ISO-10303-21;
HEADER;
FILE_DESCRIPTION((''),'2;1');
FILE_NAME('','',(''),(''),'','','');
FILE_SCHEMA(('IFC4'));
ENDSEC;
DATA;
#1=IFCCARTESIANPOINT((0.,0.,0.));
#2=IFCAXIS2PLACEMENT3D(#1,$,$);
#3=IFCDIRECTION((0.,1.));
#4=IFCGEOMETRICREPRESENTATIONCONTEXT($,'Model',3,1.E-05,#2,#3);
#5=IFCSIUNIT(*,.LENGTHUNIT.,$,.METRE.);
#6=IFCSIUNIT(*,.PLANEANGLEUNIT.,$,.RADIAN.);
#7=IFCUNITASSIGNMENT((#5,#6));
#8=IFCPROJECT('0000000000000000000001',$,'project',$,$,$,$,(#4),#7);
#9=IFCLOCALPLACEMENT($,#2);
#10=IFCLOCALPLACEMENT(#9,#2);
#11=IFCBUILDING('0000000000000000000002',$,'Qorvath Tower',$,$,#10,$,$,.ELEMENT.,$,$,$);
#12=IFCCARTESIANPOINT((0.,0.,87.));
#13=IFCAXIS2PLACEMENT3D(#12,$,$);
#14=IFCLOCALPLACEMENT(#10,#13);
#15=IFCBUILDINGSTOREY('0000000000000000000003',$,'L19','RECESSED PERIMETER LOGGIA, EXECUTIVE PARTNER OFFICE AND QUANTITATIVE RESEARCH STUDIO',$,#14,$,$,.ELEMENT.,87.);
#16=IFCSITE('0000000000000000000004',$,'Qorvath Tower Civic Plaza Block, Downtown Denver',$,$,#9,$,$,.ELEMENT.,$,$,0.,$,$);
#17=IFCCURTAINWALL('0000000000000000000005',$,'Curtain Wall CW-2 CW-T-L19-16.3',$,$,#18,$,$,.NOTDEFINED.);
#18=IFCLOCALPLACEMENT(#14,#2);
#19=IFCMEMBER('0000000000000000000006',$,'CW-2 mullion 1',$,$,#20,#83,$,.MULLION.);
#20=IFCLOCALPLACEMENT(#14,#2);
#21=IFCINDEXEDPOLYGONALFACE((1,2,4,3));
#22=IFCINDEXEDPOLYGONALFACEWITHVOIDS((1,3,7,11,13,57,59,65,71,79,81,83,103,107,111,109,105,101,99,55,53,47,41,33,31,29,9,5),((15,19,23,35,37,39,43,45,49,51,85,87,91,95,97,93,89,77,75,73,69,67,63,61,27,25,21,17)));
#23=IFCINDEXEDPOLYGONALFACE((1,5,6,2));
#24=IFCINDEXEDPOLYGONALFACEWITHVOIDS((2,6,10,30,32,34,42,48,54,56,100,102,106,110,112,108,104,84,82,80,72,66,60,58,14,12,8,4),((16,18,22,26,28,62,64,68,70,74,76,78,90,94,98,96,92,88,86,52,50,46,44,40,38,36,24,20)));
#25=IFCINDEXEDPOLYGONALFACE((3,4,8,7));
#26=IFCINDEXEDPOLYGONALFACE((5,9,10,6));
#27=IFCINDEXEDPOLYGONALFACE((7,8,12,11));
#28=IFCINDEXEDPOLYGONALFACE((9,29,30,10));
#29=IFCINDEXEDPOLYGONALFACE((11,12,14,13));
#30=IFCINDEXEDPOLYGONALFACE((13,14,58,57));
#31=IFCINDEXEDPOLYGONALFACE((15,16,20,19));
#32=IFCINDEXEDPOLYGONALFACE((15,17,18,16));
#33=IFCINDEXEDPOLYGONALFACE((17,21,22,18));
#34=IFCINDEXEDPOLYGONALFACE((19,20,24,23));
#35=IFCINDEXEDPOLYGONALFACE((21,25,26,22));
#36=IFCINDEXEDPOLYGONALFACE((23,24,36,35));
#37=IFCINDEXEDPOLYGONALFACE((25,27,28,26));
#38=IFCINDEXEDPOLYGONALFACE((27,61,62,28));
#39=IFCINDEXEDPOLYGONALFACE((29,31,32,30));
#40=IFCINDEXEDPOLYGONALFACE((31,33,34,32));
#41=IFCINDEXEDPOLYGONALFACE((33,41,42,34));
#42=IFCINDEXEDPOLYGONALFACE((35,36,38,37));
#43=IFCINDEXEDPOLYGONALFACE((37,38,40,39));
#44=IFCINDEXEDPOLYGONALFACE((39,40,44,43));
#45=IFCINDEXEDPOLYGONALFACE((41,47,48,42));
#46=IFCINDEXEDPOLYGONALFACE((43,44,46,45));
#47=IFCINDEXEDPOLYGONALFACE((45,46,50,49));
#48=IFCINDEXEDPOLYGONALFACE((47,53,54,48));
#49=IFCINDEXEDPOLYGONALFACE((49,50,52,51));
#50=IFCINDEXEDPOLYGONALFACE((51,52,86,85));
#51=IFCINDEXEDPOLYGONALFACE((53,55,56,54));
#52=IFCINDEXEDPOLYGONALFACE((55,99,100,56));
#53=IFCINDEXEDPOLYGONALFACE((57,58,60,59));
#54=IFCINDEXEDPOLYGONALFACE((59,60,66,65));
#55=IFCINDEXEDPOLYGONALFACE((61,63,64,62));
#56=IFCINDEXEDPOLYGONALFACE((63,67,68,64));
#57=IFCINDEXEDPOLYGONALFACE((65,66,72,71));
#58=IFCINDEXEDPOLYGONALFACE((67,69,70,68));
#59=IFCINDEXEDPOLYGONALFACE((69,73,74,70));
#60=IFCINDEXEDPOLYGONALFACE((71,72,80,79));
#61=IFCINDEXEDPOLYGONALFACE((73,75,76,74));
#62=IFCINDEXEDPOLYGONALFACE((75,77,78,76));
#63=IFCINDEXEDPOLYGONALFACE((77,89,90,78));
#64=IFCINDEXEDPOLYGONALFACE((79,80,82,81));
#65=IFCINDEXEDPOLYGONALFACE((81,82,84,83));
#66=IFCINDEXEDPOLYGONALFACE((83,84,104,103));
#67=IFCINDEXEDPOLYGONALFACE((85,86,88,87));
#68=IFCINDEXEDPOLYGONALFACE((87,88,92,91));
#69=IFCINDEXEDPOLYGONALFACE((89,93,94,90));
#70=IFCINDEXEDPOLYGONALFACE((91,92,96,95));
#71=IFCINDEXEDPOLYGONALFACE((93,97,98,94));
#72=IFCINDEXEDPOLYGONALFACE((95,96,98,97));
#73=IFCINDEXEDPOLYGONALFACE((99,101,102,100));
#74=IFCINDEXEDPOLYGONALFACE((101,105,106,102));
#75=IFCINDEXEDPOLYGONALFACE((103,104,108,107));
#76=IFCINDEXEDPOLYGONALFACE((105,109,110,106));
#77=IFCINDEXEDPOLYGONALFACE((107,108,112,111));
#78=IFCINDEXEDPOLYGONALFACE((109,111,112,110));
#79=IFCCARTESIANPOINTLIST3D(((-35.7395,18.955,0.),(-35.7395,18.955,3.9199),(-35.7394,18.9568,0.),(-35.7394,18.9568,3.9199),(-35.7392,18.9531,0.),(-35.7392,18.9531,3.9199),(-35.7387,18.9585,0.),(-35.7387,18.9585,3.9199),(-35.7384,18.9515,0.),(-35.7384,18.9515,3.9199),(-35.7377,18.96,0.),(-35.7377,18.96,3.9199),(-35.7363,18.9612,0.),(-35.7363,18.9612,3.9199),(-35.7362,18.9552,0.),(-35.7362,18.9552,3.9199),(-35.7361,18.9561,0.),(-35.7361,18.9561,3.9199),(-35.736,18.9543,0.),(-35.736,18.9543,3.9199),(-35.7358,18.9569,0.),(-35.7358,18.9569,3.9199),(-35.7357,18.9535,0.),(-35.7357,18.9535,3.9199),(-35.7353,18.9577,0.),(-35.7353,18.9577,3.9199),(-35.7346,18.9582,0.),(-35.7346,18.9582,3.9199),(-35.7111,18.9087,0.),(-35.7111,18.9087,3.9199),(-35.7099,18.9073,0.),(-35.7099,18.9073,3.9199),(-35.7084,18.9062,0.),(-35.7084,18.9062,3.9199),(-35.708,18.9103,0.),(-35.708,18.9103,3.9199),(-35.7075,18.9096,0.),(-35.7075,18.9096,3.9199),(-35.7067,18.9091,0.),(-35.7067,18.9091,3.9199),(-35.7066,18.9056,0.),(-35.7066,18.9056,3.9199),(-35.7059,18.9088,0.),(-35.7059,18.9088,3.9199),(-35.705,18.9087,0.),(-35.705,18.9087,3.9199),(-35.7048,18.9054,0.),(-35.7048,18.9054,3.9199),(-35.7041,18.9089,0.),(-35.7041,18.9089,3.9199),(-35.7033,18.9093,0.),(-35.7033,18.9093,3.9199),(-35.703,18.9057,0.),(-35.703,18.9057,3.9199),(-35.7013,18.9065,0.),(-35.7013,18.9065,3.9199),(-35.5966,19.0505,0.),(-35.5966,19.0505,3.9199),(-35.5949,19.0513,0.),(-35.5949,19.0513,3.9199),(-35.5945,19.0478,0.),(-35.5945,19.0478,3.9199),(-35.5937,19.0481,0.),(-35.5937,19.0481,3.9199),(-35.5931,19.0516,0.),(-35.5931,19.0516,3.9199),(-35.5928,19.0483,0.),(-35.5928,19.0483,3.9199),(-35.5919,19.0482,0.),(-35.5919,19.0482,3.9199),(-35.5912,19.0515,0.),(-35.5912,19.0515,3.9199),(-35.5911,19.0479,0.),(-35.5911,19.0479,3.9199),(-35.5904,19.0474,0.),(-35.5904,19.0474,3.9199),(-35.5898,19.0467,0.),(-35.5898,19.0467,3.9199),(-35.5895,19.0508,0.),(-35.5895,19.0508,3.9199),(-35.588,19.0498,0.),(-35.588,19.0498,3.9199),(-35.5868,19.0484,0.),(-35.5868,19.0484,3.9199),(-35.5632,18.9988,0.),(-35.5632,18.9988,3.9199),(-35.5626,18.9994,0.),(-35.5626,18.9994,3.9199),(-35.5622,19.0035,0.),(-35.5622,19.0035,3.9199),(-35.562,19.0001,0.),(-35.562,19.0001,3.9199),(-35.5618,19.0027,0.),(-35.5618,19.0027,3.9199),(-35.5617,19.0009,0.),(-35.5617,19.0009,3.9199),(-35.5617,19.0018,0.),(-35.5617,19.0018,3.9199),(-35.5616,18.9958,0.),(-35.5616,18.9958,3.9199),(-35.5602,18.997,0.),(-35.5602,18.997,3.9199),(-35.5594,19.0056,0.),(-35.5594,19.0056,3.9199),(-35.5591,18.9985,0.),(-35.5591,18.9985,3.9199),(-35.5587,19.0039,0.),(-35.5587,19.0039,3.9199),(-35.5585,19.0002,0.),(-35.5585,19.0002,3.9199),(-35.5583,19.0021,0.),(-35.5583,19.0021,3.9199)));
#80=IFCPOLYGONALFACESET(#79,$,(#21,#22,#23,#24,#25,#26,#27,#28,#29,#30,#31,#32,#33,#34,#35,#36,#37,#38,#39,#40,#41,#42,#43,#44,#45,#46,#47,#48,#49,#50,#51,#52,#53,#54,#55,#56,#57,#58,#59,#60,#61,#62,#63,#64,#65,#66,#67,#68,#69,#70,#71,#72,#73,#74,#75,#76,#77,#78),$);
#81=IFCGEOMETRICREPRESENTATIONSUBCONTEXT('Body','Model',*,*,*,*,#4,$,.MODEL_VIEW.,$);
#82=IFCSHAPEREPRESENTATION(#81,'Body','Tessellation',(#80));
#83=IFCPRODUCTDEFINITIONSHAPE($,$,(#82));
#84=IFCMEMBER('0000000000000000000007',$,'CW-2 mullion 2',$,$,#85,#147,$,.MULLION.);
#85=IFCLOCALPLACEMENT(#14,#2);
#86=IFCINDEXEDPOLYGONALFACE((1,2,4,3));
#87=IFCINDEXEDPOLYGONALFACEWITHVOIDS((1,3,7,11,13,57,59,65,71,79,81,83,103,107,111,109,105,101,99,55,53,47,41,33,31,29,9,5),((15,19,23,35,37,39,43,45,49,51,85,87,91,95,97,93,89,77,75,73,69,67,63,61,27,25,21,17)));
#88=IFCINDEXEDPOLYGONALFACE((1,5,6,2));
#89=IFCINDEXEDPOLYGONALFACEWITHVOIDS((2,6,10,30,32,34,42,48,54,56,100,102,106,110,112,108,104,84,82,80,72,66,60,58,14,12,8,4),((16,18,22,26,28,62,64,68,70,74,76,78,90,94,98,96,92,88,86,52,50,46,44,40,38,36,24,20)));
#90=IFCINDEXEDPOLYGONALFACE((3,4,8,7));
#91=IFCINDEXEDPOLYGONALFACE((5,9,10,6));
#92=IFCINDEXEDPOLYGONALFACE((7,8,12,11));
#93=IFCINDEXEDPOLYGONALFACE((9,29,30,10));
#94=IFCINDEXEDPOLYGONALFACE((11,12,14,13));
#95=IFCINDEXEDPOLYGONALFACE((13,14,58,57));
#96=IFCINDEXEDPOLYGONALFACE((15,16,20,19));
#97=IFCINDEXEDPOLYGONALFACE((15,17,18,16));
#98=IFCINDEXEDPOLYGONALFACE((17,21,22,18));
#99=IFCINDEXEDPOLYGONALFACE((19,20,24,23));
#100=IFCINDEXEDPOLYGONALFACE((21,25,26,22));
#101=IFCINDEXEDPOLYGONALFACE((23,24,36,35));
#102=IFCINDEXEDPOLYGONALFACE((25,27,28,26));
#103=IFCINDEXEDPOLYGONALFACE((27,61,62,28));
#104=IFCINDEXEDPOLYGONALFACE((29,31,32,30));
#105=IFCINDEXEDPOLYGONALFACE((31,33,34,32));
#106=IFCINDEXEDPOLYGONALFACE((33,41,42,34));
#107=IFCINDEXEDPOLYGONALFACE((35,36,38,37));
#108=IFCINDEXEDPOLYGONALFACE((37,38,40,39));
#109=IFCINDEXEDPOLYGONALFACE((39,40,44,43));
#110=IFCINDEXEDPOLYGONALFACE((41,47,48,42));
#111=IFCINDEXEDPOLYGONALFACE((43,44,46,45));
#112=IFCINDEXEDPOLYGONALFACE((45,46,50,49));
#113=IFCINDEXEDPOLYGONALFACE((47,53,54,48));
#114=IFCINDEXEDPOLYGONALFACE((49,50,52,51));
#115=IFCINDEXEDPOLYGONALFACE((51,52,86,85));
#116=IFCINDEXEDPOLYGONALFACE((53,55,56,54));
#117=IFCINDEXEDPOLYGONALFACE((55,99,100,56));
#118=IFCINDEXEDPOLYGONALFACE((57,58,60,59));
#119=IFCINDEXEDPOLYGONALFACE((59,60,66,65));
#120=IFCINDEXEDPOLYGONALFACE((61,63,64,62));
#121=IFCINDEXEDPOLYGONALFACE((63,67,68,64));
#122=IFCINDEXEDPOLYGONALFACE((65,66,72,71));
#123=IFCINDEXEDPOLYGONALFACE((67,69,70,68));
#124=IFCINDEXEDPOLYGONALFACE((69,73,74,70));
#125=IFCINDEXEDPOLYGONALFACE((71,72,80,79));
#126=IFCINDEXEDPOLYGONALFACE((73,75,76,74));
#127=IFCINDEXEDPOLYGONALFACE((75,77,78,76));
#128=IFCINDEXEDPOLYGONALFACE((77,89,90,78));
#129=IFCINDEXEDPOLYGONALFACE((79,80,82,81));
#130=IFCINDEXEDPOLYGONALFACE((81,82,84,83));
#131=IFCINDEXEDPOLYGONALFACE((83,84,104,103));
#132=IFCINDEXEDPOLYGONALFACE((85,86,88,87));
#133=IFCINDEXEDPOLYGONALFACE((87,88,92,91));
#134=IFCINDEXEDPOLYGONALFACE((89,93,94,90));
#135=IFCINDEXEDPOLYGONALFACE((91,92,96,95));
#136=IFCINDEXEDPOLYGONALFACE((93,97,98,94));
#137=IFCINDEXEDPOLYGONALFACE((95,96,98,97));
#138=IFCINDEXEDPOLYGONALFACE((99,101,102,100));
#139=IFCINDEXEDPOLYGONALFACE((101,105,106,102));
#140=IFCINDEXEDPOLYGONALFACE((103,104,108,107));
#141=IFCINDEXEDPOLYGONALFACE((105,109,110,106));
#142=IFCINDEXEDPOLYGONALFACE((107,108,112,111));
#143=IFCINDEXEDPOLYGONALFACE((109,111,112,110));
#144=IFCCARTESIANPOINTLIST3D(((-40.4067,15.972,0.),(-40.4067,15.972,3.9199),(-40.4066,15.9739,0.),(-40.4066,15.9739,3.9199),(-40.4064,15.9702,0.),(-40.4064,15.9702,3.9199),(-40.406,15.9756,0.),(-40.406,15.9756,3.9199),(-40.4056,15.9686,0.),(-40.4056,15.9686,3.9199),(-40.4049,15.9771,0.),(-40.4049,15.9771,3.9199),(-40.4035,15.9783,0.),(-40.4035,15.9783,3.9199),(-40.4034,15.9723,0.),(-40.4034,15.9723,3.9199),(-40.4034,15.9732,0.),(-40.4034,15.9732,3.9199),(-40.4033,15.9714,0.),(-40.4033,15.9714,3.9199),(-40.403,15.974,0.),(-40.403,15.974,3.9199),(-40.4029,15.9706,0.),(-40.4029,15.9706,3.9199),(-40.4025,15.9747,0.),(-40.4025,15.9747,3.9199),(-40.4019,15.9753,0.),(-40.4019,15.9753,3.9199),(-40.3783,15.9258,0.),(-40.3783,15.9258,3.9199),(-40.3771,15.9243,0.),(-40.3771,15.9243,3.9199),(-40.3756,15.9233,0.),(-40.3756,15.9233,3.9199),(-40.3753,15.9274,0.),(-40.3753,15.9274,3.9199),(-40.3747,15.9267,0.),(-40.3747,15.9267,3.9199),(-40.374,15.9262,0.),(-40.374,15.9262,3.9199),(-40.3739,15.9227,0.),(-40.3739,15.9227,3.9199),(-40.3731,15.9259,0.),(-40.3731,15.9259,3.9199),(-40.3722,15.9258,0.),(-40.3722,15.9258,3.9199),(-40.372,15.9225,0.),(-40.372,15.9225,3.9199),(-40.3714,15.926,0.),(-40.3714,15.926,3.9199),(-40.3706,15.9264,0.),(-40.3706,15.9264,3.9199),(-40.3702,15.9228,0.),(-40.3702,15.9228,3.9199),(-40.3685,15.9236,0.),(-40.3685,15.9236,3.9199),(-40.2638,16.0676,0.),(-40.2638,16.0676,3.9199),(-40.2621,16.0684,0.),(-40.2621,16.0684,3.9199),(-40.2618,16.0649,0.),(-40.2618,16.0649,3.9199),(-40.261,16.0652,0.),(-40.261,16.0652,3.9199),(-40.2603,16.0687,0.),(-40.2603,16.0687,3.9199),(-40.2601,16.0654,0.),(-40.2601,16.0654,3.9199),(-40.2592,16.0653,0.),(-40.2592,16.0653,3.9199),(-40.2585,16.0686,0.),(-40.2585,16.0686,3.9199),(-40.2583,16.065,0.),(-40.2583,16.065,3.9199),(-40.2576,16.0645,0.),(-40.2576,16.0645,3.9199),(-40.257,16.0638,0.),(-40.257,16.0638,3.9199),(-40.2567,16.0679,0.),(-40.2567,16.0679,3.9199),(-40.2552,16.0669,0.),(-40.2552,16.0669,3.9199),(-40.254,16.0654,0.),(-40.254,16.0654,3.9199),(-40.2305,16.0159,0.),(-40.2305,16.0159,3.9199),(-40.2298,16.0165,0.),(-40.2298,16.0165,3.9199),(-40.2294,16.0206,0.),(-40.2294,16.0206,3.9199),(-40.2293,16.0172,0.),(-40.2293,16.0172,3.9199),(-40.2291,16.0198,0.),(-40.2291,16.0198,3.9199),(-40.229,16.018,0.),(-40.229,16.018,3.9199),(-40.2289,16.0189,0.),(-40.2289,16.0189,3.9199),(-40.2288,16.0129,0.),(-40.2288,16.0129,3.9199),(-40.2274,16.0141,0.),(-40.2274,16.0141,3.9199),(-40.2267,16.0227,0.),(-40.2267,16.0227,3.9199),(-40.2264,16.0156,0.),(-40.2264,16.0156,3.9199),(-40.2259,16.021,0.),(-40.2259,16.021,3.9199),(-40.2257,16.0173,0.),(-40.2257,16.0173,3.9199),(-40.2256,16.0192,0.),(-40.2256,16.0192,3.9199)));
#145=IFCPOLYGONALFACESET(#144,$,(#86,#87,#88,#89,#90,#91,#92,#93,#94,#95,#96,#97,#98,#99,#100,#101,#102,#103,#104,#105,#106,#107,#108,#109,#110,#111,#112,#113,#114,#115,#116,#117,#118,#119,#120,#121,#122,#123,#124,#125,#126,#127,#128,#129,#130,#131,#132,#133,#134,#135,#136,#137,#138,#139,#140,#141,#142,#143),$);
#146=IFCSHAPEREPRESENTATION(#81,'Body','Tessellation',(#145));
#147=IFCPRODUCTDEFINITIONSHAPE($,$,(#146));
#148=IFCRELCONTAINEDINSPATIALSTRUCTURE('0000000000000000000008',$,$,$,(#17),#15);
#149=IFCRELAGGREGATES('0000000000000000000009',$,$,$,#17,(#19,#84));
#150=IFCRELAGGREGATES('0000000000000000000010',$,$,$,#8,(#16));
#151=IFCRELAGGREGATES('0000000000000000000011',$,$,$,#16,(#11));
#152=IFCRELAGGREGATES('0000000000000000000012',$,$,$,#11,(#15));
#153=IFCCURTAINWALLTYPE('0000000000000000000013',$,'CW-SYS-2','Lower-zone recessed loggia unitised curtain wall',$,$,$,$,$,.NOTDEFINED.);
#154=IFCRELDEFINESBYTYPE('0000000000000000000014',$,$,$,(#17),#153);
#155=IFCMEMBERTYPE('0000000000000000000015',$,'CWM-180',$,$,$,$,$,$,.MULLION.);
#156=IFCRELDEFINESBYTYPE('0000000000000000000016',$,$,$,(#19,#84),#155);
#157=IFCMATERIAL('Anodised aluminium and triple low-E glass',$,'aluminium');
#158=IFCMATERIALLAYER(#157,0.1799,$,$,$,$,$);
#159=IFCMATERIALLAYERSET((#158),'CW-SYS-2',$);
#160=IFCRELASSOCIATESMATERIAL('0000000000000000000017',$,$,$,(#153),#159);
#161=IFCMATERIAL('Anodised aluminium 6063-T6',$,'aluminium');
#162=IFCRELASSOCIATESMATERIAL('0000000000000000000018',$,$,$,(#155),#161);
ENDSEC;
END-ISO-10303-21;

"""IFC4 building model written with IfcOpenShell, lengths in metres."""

from ifc_helpers import new_model, si_unit, direction, frame, origin, origin_2d, place, context, subcontext, project, spatial, hollow_rectangle, extrude, material, layer, layer_set, material_profile, profile_set, type_object, element, aggregate, save


model = new_model("IFC4")

# Units and contexts
model_context = context("Model", 3, precision=1e-05, world=origin(), true_north=direction((0.0, 1.0)))
body_context = subcontext(model_context, "Body", "Model", "MODEL_VIEW")
ifc_project = project(units=[si_unit("LENGTHUNIT", "METRE"), si_unit("PLANEANGLEUNIT", "RADIAN")], contexts=[model_context])

# Site, building, storey
site_placement = place(None, origin())
site = spatial("IfcSite", under=ifc_project, at=site_placement, Name="Qorvath Tower Civic Plaza Block, Downtown Denver", CompositionType="ELEMENT", RefElevation=0.0)
building_placement = place(site_placement, origin())
building = spatial("IfcBuilding", under=site, at=building_placement, Name="Qorvath Tower", CompositionType="ELEMENT")
storey_placement = place(building_placement, frame((0.0, 0.0, 87.0)))
storey = spatial("IfcBuildingStorey", under=building, at=storey_placement, Name="L19", Description="RECESSED PERIMETER LOGGIA, EXECUTIVE PARTNER OFFICE AND QUANTITATIVE RESEARCH STUDIO", CompositionType="ELEMENT", Elevation=87.0)

# Curtain wall, members
ifc_material_1 = material(Name="Anodised aluminium and triple low-E glass", Category="aluminium")
ifc_layer_1 = layer(ifc_material_1, 0.1799)
ifc_layer_set_1 = layer_set([ifc_layer_1], Name="CW-SYS-2")
curtain_wall_type = type_object("IfcCurtainWallType", Name="CW-SYS-2", Description="Lower-zone recessed loggia unitised curtain wall", PredefinedType="NOTDEFINED", material=ifc_layer_set_1)
ifc_material_2 = material(Name="Anodised aluminium 6063-T6", Category="aluminium")
ifc_material_profile_1 = material_profile(ifc_material_2, hollow_rectangle(XDim=0.0649, YDim=0.1799, WallThickness=0.0034, InnerFilletRadius=0.0034, OuterFilletRadius=0.0071, at=origin_2d()), Name="CWM 180x65")
ifc_profile_set_1 = profile_set([ifc_material_profile_1], Name="Anodised aluminium 6063-T6")
member_type_1 = type_object("IfcMemberType", Name="CWM-180", PredefinedType="MULLION", material=ifc_profile_set_1)
curtain_wall_1_placement = place(storey_placement, origin())
curtain_wall_1 = element("IfcCurtainWall", 1, at=curtain_wall_1_placement, inside=storey, type_object=curtain_wall_type, Name="Curtain Wall CW-2 CW-T-L19-16.3", PredefinedType="NOTDEFINED")
member_1_placement = place(storey_placement, frame((-35.6489, 18.9785, 0.0), z_axis=(0.0, 0.0, 1.0), x_axis=(0.538528, -0.842608, 0.0)))
member_1 = element("IfcMember", 2, at=member_1_placement, type_object=member_type_1, Name="CW-2 mullion 1", PredefinedType="MULLION", context=body_context, shape_type="SweptSolid", body=[
    extrude(hollow_rectangle(XDim=0.0649, YDim=0.1799, WallThickness=0.0034, InnerFilletRadius=0.0034, OuterFilletRadius=0.0071, at=origin_2d()), origin(), (0.0, 0.0, 1.0), 3.9199),
])
member_2_placement = place(storey_placement, frame((-40.3162, 15.9956, 0.0), z_axis=(0.0, 0.0, 1.0), x_axis=(0.538528, -0.842608, 0.0)))
member_2 = element("IfcMember", 3, at=member_2_placement, type_object=member_type_1, Name="CW-2 mullion 2", PredefinedType="MULLION", context=body_context, shape_type="SweptSolid", body=[
    extrude(hollow_rectangle(XDim=0.0649, YDim=0.1799, WallThickness=0.0034, InnerFilletRadius=0.0034, OuterFilletRadius=0.0071, at=origin_2d()), origin(), (0.0, 0.0, 1.0), 3.9199),
])

aggregate(curtain_wall_1, [member_1, member_2])

save(model, "model.ifc")
